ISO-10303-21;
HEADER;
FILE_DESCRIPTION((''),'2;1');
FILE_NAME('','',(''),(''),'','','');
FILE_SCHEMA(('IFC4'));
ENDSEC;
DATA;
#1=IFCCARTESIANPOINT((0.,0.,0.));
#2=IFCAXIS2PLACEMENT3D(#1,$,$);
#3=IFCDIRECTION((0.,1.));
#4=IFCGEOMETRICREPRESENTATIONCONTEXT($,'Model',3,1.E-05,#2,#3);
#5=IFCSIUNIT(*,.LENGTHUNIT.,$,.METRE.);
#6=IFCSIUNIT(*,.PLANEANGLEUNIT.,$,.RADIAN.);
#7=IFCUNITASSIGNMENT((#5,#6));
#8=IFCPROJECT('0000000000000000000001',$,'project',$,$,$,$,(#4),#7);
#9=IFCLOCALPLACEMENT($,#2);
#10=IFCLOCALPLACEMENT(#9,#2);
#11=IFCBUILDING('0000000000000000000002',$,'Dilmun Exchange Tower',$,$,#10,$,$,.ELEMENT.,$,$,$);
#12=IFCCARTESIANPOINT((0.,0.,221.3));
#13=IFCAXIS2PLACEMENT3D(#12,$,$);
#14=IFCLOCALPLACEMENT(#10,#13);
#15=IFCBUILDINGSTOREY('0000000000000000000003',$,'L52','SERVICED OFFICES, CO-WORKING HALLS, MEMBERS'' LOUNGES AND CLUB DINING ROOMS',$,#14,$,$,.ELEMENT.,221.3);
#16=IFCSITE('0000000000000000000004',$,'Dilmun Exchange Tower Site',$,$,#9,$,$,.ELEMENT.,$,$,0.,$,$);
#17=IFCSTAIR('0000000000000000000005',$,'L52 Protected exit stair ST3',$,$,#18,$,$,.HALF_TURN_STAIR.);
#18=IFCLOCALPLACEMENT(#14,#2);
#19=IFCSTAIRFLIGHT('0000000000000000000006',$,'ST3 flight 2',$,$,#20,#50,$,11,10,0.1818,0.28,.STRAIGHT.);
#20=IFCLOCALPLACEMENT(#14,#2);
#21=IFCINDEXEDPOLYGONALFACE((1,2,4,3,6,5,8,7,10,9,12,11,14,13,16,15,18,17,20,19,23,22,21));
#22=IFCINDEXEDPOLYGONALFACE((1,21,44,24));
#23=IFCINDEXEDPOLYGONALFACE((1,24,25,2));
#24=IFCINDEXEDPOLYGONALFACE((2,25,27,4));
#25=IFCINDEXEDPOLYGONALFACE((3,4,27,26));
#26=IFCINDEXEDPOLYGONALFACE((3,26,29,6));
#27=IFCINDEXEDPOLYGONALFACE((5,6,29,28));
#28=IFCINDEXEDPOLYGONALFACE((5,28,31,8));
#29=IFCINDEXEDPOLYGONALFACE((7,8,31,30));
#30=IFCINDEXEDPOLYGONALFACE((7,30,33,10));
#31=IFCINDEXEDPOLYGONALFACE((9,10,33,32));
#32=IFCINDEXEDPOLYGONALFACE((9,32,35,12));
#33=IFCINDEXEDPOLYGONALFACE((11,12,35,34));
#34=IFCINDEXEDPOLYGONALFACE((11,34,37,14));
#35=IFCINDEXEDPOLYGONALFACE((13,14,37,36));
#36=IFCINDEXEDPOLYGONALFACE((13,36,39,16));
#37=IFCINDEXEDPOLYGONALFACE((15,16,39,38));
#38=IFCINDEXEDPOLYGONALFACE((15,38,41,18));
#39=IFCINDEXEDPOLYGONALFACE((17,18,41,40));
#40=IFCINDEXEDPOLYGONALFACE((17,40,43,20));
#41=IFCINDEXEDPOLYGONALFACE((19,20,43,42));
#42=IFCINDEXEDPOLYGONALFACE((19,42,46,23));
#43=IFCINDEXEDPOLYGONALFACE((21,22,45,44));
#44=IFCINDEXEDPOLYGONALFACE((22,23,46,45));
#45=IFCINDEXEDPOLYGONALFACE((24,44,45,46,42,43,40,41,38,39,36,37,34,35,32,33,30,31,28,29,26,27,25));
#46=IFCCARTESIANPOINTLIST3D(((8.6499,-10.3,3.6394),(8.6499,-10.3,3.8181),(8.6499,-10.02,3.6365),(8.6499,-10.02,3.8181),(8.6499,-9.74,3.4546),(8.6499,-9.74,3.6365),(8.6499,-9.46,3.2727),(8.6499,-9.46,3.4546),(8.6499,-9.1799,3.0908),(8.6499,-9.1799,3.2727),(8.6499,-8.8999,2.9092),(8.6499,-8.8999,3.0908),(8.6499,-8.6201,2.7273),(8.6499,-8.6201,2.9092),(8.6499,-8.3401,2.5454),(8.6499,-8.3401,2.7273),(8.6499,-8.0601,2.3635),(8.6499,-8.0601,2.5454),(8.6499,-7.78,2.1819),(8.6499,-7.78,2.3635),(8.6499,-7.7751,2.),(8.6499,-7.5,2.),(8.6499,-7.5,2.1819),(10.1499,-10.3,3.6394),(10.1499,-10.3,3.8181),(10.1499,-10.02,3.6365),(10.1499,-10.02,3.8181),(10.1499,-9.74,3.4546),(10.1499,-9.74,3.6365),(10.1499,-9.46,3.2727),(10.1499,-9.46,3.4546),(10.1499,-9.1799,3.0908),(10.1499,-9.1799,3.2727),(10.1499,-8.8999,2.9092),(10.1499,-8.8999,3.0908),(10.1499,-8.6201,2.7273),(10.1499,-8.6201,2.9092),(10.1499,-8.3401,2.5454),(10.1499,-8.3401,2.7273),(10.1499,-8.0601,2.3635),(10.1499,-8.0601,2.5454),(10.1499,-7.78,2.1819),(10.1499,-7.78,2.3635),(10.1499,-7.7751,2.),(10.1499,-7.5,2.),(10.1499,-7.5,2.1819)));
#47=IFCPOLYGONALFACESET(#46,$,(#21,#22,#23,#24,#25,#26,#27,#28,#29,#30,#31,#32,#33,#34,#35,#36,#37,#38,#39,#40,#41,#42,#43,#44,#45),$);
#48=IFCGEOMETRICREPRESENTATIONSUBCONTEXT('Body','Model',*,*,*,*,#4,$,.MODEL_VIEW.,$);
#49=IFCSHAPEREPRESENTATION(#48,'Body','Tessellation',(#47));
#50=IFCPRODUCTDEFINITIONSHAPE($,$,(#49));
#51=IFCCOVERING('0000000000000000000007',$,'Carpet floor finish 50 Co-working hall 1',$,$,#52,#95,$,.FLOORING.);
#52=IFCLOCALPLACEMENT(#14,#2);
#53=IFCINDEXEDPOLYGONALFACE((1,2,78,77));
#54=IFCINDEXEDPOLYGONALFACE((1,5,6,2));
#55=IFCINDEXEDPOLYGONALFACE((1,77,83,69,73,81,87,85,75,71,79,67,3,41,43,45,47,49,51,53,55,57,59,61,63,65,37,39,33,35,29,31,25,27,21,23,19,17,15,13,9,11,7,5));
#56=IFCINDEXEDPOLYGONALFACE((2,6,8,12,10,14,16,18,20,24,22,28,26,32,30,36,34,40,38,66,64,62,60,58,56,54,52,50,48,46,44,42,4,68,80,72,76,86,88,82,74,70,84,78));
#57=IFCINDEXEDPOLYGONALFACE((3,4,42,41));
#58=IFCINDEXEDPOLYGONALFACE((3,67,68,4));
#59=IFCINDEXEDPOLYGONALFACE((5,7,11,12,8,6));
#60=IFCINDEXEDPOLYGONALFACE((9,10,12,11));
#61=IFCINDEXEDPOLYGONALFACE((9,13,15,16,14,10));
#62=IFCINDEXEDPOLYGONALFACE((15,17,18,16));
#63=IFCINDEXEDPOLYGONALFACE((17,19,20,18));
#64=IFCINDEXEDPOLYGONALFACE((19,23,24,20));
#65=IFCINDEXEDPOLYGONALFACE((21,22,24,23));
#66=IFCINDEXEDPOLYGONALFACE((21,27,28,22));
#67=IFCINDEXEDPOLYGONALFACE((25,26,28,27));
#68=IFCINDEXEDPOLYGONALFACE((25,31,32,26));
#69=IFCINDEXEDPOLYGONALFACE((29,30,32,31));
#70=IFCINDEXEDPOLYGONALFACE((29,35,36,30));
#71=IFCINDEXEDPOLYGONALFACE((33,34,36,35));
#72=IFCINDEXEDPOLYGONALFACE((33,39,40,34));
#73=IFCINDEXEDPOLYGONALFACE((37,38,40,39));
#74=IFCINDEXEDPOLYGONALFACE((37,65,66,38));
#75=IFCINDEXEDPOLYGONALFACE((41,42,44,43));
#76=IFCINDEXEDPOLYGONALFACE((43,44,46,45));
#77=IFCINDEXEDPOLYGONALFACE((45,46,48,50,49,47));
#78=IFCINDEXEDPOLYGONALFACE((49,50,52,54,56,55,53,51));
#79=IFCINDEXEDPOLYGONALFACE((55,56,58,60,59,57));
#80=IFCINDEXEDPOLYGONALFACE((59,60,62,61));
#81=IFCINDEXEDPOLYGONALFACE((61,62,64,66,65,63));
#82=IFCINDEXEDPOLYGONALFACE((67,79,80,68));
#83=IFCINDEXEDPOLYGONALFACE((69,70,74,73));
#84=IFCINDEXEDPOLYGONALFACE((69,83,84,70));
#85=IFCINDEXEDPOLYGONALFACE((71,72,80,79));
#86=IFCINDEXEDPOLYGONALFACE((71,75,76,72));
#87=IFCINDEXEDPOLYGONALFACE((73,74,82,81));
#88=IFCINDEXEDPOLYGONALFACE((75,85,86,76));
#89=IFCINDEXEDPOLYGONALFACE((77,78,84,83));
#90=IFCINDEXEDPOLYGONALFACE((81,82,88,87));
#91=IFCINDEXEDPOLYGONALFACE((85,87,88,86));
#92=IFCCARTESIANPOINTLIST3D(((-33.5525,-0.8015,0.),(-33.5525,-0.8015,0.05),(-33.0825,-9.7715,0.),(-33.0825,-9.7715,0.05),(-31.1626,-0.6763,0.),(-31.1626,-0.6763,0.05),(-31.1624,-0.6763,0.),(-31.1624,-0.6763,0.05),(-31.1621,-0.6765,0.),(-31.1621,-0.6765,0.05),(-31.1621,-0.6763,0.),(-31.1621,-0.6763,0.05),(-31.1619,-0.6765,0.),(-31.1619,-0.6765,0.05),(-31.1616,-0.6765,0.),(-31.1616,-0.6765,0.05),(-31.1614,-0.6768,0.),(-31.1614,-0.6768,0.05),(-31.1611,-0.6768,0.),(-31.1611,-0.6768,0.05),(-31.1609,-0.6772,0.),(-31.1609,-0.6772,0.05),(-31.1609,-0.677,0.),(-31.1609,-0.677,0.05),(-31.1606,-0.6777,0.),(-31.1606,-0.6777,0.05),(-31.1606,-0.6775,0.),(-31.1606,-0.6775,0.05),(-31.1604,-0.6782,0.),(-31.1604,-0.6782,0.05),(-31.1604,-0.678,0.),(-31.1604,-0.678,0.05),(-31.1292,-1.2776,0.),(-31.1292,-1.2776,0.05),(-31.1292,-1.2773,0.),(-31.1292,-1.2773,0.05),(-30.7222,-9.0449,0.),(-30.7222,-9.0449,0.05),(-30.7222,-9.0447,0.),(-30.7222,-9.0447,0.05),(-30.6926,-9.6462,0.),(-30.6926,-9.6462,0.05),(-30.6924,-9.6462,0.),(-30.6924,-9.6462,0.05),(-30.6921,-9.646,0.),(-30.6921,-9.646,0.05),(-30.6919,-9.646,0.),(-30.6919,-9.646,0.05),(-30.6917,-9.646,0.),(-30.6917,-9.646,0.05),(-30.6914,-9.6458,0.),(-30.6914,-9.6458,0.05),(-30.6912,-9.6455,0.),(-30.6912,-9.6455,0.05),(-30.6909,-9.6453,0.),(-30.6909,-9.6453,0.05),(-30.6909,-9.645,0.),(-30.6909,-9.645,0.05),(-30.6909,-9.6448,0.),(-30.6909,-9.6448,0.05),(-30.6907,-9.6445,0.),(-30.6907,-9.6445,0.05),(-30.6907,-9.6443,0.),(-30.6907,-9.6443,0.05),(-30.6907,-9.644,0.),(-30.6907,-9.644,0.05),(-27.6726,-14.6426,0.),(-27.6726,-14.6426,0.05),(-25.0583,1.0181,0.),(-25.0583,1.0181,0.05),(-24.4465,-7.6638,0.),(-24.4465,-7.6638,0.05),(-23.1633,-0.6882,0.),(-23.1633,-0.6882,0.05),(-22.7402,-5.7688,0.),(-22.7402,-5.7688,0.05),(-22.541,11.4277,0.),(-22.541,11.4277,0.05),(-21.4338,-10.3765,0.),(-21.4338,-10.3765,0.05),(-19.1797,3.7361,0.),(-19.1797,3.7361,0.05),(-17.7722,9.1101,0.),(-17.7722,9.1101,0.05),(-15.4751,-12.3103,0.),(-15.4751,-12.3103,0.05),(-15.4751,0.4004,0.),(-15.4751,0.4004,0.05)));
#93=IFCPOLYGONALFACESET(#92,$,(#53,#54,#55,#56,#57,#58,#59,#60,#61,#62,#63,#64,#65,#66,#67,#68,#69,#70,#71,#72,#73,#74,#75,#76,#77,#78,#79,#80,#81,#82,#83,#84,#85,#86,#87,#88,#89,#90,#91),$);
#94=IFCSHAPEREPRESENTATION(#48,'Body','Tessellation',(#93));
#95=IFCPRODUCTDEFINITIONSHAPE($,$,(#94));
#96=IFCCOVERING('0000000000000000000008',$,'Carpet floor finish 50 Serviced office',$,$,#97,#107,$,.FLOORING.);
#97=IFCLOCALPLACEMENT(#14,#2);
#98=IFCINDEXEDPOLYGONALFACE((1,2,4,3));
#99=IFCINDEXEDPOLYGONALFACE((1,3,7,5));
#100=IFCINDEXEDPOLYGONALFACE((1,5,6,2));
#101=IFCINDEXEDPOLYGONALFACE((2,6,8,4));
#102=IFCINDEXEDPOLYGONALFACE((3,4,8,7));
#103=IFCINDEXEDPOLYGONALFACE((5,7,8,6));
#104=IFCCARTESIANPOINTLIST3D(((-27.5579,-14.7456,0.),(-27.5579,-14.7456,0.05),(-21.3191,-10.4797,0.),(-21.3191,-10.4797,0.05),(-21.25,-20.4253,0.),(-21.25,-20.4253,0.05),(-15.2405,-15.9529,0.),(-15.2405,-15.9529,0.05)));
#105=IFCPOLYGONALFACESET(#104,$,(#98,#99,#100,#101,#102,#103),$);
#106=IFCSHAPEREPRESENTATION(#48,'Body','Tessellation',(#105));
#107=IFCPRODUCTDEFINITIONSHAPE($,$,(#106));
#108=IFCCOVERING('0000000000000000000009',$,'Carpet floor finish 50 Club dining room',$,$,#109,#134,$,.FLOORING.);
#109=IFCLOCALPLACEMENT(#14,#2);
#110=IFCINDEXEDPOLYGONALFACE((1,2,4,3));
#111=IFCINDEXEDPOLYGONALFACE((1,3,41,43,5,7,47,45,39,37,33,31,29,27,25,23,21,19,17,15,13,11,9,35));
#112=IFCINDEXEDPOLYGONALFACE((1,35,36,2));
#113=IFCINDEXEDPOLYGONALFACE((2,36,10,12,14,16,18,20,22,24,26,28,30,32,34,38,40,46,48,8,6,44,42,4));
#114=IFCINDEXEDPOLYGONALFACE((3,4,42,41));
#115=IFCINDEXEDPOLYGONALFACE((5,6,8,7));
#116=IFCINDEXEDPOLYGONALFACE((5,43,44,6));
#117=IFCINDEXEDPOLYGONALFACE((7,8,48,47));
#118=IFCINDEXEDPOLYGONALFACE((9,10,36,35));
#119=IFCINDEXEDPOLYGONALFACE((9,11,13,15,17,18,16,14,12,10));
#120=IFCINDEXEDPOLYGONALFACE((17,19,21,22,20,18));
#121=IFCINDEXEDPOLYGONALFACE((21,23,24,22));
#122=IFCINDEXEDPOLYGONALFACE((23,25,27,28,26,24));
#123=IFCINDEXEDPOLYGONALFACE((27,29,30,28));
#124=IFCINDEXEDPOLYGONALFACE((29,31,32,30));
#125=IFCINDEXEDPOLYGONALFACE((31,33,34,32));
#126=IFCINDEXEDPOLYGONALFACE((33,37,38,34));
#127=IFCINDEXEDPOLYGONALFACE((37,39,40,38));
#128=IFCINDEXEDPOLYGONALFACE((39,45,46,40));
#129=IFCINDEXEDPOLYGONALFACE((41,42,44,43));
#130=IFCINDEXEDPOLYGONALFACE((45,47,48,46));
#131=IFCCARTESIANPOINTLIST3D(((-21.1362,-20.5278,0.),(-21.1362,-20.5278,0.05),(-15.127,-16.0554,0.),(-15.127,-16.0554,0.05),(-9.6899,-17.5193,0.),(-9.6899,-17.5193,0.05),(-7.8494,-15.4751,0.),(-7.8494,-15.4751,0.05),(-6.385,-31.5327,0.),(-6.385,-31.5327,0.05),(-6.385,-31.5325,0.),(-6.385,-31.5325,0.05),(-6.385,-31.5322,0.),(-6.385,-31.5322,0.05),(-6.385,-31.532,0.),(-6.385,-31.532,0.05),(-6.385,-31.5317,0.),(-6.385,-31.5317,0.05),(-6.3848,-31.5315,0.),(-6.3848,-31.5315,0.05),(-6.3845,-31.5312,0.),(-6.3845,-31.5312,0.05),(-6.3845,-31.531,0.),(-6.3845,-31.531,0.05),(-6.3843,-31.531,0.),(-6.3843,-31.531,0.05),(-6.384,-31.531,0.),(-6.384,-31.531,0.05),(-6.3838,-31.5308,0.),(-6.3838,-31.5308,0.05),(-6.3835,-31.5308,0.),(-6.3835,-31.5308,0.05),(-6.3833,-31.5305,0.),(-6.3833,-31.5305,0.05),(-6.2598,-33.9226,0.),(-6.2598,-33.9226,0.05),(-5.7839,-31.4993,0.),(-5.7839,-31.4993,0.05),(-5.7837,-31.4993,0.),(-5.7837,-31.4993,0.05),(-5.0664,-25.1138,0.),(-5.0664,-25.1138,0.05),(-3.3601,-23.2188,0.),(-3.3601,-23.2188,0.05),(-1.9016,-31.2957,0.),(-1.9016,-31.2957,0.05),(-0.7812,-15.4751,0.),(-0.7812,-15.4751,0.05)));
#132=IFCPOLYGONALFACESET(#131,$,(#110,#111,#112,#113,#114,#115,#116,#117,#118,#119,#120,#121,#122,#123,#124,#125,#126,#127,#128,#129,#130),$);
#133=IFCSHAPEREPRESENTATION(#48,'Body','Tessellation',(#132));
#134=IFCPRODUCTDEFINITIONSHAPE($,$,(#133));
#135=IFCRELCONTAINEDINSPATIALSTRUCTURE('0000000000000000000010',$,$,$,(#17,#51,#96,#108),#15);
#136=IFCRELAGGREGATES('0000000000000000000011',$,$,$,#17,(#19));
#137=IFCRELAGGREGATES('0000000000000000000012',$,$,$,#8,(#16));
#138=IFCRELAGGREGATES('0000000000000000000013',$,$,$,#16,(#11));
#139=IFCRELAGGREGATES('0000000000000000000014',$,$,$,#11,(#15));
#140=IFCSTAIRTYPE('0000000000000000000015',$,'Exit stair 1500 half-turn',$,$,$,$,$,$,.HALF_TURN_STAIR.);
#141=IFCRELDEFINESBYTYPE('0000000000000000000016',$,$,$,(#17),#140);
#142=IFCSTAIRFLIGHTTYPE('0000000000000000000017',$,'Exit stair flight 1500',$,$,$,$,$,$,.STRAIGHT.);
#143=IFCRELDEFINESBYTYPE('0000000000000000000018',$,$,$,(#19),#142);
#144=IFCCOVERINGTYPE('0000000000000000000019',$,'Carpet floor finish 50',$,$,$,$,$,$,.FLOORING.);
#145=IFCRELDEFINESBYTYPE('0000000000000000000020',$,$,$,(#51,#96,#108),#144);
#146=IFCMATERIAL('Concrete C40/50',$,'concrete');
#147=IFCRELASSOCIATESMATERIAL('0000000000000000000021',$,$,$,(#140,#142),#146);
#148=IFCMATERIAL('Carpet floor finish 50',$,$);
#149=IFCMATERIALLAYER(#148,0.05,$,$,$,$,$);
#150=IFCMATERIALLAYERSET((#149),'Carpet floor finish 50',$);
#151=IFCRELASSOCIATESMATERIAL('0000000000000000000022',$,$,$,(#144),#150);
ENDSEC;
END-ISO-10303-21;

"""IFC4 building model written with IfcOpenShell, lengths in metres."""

from ifc_helpers import new_model, si_unit, direction, frame, origin, place, context, subcontext, project, spatial, polyline, outline, extrude, material, layer, layer_set, type_object, element, aggregate, save


model = new_model("IFC4")

# Units and contexts
model_context = context("Model", 3, precision=1e-05, world=origin(), true_north=direction((0.0, 1.0)))
body_context = subcontext(model_context, "Body", "Model", "MODEL_VIEW")
ifc_project = project(units=[si_unit("LENGTHUNIT", "METRE"), si_unit("PLANEANGLEUNIT", "RADIAN")], contexts=[model_context])

# Site, building, storey
site_placement = place(None, origin())
site = spatial("IfcSite", under=ifc_project, at=site_placement, Name="Dilmun Exchange Tower Site", CompositionType="ELEMENT", RefElevation=0.0)
building_placement = place(site_placement, origin())
building = spatial("IfcBuilding", under=site, at=building_placement, Name="Dilmun Exchange Tower", CompositionType="ELEMENT")
storey_placement = place(building_placement, frame((0.0, 0.0, 221.3)))
storey = spatial("IfcBuildingStorey", under=building, at=storey_placement, Name="L52", Description="SERVICED OFFICES, CO-WORKING HALLS, MEMBERS' LOUNGES AND CLUB DINING ROOMS", CompositionType="ELEMENT", Elevation=221.3)

# Shared definitions
ifc_material_1 = material(Name="Concrete C40/50", Category="concrete")

# Stair
stair_type = type_object("IfcStairType", Name="Exit stair 1500 half-turn", PredefinedType="HALF_TURN_STAIR", material=ifc_material_1)
stair_1_placement = place(storey_placement, origin())
stair_1 = element("IfcStair", 1, at=stair_1_placement, inside=storey, type_object=stair_type, Name="L52 Protected exit stair ST3", PredefinedType="HALF_TURN_STAIR")

# Stair flight
stair_flight_type = type_object("IfcStairFlightType", Name="Exit stair flight 1500", PredefinedType="STRAIGHT", material=ifc_material_1)
stair_flight_placement = place(storey_placement, frame((9.3999, -7.5, 2.0), z_axis=(0.0, 0.0, 1.0), x_axis=(0.0, -1.0, 0.0)))
stair_flight = element("IfcStairFlight", 2, at=stair_flight_placement, type_object=stair_flight_type, Name="ST3 flight 2", NumberOfRisers=11, NumberOfTreads=10, PredefinedType="STRAIGHT", RiserHeight=0.1818, TreadLength=0.28, context=body_context, shape_type="SweptSolid", body=[
    extrude(outline(polyline([(0.0, 0.0), (0.0, 0.1819), (0.28, 0.1819), (0.28, 0.3635), (0.5601, 0.3635), (0.5601, 0.5454), (0.8401, 0.5454), (0.8401, 0.7273), (1.1201, 0.7273), (1.1201, 0.9092), (1.3999, 0.9092), (1.3999, 1.0908), (1.6799, 1.0908), (1.6799, 1.2727), (1.96, 1.2727), (1.96, 1.4546), (2.24, 1.4546), (2.24, 1.6365), (2.52, 1.6365), (2.52, 1.8181), (2.8, 1.8181), (2.8, 2.0), (2.8, 1.6394), (0.2751, 0.0), (0.0, 0.0)])), frame((0.0, 0.75, 0.0), z_axis=(0.0, -1.0, 0.0), x_axis=(1.0, 0.0, 0.0)), (0.0, 0.0, 1.0), 1.5),
])
aggregate(stair_1, [stair_flight])

# Coverings
ifc_material_2 = material(Name="Carpet floor finish 50")
ifc_layer_1 = layer(ifc_material_2, 0.05)
ifc_layer_set_1 = layer_set([ifc_layer_1], Name="Carpet floor finish 50")
covering_type_1 = type_object("IfcCoveringType", Name="Carpet floor finish 50", PredefinedType="FLOORING", material=ifc_layer_set_1)
covering_1_placement = place(storey_placement, origin())
element("IfcCovering", 3, at=covering_1_placement, inside=storey, type_object=covering_type_1, Name="Carpet floor finish 50 Co-working hall 1", PredefinedType="FLOORING", context=body_context, shape_type="SweptSolid", body=[
    extrude(outline(polyline([(-22.7402, -5.7688), (-24.4465, -7.6638), (-21.4338, -10.3765), (-27.6726, -14.6426), (-33.0825, -9.7715), (-30.6926, -9.6462), (-30.6924, -9.6462), (-30.6921, -9.646), (-30.6919, -9.646), (-30.6919, -9.646), (-30.6917, -9.646), (-30.6914, -9.6458), (-30.6914, -9.6458), (-30.6912, -9.6455), (-30.6912, -9.6455), (-30.6909, -9.6453), (-30.6909, -9.645), (-30.6909, -9.645), (-30.6909, -9.6448), (-30.6907, -9.6445), (-30.6907, -9.6443), (-30.6907, -9.644), (-30.7222, -9.0449), (-30.7222, -9.0447), (-30.7222, -9.0447), (-31.1292, -1.2776), (-31.1292, -1.2776), (-31.1292, -1.2773), (-31.1604, -0.6782), (-31.1604, -0.678), (-31.1606, -0.6777), (-31.1606, -0.6775), (-31.1606, -0.6775), (-31.1609, -0.6772), (-31.1609, -0.677), (-31.1609, -0.677), (-31.1611, -0.6768), (-31.1614, -0.6768), (-31.1616, -0.6765), (-31.1616, -0.6765), (-31.1619, -0.6765), (-31.1621, -0.6765), (-31.1621, -0.6763), (-31.1624, -0.6763), (-31.1626, -0.6763), (-33.5525, -0.8015), (-22.541, 11.4277), (-17.7722, 9.1101), (-25.0583, 1.0181), (-23.1633, -0.6882), (-19.1797, 3.7361), (-15.4751, 0.4004), (-15.4751, -12.3103), (-22.7402, -5.7688)])), origin(), (0.0, 0.0, 1.0), 0.05),
])
covering_2_placement = place(storey_placement, origin())
element("IfcCovering", 4, at=covering_2_placement, inside=storey, type_object=covering_type_1, Name="Carpet floor finish 50 Serviced office", PredefinedType="FLOORING", context=body_context, shape_type="SweptSolid", body=[
    extrude(outline(polyline([(-21.3191, -10.4797), (-15.2405, -15.9529), (-21.25, -20.4253), (-27.5579, -14.7456), (-21.3191, -10.4797)])), origin(), (0.0, 0.0, 1.0), 0.05),
])
covering_3_placement = place(storey_placement, origin())
element("IfcCovering", 5, at=covering_3_placement, inside=storey, type_object=covering_type_1, Name="Carpet floor finish 50 Club dining room", PredefinedType="FLOORING", context=body_context, shape_type="SweptSolid", body=[
    extrude(outline(polyline([(-15.127, -16.0554), (-5.0664, -25.1138), (-3.3601, -23.2188), (-9.6899, -17.5193), (-7.8494, -15.4751), (-0.7812, -15.4751), (-1.9016, -31.2957), (-5.7837, -31.4993), (-5.7837, -31.4993), (-5.7839, -31.4993), (-6.3833, -31.5305), (-6.3833, -31.5305), (-6.3835, -31.5308), (-6.3838, -31.5308), (-6.3838, -31.5308), (-6.384, -31.531), (-6.3843, -31.531), (-6.3845, -31.531), (-6.3845, -31.5312), (-6.3848, -31.5315), (-6.3848, -31.5315), (-6.385, -31.5317), (-6.385, -31.532), (-6.385, -31.532), (-6.385, -31.5322), (-6.385, -31.5325), (-6.385, -31.5327), (-6.2598, -33.9226), (-21.1362, -20.5278), (-15.127, -16.0554)])), origin(), (0.0, 0.0, 1.0), 0.05),
])

save(model, "model.ifc")
